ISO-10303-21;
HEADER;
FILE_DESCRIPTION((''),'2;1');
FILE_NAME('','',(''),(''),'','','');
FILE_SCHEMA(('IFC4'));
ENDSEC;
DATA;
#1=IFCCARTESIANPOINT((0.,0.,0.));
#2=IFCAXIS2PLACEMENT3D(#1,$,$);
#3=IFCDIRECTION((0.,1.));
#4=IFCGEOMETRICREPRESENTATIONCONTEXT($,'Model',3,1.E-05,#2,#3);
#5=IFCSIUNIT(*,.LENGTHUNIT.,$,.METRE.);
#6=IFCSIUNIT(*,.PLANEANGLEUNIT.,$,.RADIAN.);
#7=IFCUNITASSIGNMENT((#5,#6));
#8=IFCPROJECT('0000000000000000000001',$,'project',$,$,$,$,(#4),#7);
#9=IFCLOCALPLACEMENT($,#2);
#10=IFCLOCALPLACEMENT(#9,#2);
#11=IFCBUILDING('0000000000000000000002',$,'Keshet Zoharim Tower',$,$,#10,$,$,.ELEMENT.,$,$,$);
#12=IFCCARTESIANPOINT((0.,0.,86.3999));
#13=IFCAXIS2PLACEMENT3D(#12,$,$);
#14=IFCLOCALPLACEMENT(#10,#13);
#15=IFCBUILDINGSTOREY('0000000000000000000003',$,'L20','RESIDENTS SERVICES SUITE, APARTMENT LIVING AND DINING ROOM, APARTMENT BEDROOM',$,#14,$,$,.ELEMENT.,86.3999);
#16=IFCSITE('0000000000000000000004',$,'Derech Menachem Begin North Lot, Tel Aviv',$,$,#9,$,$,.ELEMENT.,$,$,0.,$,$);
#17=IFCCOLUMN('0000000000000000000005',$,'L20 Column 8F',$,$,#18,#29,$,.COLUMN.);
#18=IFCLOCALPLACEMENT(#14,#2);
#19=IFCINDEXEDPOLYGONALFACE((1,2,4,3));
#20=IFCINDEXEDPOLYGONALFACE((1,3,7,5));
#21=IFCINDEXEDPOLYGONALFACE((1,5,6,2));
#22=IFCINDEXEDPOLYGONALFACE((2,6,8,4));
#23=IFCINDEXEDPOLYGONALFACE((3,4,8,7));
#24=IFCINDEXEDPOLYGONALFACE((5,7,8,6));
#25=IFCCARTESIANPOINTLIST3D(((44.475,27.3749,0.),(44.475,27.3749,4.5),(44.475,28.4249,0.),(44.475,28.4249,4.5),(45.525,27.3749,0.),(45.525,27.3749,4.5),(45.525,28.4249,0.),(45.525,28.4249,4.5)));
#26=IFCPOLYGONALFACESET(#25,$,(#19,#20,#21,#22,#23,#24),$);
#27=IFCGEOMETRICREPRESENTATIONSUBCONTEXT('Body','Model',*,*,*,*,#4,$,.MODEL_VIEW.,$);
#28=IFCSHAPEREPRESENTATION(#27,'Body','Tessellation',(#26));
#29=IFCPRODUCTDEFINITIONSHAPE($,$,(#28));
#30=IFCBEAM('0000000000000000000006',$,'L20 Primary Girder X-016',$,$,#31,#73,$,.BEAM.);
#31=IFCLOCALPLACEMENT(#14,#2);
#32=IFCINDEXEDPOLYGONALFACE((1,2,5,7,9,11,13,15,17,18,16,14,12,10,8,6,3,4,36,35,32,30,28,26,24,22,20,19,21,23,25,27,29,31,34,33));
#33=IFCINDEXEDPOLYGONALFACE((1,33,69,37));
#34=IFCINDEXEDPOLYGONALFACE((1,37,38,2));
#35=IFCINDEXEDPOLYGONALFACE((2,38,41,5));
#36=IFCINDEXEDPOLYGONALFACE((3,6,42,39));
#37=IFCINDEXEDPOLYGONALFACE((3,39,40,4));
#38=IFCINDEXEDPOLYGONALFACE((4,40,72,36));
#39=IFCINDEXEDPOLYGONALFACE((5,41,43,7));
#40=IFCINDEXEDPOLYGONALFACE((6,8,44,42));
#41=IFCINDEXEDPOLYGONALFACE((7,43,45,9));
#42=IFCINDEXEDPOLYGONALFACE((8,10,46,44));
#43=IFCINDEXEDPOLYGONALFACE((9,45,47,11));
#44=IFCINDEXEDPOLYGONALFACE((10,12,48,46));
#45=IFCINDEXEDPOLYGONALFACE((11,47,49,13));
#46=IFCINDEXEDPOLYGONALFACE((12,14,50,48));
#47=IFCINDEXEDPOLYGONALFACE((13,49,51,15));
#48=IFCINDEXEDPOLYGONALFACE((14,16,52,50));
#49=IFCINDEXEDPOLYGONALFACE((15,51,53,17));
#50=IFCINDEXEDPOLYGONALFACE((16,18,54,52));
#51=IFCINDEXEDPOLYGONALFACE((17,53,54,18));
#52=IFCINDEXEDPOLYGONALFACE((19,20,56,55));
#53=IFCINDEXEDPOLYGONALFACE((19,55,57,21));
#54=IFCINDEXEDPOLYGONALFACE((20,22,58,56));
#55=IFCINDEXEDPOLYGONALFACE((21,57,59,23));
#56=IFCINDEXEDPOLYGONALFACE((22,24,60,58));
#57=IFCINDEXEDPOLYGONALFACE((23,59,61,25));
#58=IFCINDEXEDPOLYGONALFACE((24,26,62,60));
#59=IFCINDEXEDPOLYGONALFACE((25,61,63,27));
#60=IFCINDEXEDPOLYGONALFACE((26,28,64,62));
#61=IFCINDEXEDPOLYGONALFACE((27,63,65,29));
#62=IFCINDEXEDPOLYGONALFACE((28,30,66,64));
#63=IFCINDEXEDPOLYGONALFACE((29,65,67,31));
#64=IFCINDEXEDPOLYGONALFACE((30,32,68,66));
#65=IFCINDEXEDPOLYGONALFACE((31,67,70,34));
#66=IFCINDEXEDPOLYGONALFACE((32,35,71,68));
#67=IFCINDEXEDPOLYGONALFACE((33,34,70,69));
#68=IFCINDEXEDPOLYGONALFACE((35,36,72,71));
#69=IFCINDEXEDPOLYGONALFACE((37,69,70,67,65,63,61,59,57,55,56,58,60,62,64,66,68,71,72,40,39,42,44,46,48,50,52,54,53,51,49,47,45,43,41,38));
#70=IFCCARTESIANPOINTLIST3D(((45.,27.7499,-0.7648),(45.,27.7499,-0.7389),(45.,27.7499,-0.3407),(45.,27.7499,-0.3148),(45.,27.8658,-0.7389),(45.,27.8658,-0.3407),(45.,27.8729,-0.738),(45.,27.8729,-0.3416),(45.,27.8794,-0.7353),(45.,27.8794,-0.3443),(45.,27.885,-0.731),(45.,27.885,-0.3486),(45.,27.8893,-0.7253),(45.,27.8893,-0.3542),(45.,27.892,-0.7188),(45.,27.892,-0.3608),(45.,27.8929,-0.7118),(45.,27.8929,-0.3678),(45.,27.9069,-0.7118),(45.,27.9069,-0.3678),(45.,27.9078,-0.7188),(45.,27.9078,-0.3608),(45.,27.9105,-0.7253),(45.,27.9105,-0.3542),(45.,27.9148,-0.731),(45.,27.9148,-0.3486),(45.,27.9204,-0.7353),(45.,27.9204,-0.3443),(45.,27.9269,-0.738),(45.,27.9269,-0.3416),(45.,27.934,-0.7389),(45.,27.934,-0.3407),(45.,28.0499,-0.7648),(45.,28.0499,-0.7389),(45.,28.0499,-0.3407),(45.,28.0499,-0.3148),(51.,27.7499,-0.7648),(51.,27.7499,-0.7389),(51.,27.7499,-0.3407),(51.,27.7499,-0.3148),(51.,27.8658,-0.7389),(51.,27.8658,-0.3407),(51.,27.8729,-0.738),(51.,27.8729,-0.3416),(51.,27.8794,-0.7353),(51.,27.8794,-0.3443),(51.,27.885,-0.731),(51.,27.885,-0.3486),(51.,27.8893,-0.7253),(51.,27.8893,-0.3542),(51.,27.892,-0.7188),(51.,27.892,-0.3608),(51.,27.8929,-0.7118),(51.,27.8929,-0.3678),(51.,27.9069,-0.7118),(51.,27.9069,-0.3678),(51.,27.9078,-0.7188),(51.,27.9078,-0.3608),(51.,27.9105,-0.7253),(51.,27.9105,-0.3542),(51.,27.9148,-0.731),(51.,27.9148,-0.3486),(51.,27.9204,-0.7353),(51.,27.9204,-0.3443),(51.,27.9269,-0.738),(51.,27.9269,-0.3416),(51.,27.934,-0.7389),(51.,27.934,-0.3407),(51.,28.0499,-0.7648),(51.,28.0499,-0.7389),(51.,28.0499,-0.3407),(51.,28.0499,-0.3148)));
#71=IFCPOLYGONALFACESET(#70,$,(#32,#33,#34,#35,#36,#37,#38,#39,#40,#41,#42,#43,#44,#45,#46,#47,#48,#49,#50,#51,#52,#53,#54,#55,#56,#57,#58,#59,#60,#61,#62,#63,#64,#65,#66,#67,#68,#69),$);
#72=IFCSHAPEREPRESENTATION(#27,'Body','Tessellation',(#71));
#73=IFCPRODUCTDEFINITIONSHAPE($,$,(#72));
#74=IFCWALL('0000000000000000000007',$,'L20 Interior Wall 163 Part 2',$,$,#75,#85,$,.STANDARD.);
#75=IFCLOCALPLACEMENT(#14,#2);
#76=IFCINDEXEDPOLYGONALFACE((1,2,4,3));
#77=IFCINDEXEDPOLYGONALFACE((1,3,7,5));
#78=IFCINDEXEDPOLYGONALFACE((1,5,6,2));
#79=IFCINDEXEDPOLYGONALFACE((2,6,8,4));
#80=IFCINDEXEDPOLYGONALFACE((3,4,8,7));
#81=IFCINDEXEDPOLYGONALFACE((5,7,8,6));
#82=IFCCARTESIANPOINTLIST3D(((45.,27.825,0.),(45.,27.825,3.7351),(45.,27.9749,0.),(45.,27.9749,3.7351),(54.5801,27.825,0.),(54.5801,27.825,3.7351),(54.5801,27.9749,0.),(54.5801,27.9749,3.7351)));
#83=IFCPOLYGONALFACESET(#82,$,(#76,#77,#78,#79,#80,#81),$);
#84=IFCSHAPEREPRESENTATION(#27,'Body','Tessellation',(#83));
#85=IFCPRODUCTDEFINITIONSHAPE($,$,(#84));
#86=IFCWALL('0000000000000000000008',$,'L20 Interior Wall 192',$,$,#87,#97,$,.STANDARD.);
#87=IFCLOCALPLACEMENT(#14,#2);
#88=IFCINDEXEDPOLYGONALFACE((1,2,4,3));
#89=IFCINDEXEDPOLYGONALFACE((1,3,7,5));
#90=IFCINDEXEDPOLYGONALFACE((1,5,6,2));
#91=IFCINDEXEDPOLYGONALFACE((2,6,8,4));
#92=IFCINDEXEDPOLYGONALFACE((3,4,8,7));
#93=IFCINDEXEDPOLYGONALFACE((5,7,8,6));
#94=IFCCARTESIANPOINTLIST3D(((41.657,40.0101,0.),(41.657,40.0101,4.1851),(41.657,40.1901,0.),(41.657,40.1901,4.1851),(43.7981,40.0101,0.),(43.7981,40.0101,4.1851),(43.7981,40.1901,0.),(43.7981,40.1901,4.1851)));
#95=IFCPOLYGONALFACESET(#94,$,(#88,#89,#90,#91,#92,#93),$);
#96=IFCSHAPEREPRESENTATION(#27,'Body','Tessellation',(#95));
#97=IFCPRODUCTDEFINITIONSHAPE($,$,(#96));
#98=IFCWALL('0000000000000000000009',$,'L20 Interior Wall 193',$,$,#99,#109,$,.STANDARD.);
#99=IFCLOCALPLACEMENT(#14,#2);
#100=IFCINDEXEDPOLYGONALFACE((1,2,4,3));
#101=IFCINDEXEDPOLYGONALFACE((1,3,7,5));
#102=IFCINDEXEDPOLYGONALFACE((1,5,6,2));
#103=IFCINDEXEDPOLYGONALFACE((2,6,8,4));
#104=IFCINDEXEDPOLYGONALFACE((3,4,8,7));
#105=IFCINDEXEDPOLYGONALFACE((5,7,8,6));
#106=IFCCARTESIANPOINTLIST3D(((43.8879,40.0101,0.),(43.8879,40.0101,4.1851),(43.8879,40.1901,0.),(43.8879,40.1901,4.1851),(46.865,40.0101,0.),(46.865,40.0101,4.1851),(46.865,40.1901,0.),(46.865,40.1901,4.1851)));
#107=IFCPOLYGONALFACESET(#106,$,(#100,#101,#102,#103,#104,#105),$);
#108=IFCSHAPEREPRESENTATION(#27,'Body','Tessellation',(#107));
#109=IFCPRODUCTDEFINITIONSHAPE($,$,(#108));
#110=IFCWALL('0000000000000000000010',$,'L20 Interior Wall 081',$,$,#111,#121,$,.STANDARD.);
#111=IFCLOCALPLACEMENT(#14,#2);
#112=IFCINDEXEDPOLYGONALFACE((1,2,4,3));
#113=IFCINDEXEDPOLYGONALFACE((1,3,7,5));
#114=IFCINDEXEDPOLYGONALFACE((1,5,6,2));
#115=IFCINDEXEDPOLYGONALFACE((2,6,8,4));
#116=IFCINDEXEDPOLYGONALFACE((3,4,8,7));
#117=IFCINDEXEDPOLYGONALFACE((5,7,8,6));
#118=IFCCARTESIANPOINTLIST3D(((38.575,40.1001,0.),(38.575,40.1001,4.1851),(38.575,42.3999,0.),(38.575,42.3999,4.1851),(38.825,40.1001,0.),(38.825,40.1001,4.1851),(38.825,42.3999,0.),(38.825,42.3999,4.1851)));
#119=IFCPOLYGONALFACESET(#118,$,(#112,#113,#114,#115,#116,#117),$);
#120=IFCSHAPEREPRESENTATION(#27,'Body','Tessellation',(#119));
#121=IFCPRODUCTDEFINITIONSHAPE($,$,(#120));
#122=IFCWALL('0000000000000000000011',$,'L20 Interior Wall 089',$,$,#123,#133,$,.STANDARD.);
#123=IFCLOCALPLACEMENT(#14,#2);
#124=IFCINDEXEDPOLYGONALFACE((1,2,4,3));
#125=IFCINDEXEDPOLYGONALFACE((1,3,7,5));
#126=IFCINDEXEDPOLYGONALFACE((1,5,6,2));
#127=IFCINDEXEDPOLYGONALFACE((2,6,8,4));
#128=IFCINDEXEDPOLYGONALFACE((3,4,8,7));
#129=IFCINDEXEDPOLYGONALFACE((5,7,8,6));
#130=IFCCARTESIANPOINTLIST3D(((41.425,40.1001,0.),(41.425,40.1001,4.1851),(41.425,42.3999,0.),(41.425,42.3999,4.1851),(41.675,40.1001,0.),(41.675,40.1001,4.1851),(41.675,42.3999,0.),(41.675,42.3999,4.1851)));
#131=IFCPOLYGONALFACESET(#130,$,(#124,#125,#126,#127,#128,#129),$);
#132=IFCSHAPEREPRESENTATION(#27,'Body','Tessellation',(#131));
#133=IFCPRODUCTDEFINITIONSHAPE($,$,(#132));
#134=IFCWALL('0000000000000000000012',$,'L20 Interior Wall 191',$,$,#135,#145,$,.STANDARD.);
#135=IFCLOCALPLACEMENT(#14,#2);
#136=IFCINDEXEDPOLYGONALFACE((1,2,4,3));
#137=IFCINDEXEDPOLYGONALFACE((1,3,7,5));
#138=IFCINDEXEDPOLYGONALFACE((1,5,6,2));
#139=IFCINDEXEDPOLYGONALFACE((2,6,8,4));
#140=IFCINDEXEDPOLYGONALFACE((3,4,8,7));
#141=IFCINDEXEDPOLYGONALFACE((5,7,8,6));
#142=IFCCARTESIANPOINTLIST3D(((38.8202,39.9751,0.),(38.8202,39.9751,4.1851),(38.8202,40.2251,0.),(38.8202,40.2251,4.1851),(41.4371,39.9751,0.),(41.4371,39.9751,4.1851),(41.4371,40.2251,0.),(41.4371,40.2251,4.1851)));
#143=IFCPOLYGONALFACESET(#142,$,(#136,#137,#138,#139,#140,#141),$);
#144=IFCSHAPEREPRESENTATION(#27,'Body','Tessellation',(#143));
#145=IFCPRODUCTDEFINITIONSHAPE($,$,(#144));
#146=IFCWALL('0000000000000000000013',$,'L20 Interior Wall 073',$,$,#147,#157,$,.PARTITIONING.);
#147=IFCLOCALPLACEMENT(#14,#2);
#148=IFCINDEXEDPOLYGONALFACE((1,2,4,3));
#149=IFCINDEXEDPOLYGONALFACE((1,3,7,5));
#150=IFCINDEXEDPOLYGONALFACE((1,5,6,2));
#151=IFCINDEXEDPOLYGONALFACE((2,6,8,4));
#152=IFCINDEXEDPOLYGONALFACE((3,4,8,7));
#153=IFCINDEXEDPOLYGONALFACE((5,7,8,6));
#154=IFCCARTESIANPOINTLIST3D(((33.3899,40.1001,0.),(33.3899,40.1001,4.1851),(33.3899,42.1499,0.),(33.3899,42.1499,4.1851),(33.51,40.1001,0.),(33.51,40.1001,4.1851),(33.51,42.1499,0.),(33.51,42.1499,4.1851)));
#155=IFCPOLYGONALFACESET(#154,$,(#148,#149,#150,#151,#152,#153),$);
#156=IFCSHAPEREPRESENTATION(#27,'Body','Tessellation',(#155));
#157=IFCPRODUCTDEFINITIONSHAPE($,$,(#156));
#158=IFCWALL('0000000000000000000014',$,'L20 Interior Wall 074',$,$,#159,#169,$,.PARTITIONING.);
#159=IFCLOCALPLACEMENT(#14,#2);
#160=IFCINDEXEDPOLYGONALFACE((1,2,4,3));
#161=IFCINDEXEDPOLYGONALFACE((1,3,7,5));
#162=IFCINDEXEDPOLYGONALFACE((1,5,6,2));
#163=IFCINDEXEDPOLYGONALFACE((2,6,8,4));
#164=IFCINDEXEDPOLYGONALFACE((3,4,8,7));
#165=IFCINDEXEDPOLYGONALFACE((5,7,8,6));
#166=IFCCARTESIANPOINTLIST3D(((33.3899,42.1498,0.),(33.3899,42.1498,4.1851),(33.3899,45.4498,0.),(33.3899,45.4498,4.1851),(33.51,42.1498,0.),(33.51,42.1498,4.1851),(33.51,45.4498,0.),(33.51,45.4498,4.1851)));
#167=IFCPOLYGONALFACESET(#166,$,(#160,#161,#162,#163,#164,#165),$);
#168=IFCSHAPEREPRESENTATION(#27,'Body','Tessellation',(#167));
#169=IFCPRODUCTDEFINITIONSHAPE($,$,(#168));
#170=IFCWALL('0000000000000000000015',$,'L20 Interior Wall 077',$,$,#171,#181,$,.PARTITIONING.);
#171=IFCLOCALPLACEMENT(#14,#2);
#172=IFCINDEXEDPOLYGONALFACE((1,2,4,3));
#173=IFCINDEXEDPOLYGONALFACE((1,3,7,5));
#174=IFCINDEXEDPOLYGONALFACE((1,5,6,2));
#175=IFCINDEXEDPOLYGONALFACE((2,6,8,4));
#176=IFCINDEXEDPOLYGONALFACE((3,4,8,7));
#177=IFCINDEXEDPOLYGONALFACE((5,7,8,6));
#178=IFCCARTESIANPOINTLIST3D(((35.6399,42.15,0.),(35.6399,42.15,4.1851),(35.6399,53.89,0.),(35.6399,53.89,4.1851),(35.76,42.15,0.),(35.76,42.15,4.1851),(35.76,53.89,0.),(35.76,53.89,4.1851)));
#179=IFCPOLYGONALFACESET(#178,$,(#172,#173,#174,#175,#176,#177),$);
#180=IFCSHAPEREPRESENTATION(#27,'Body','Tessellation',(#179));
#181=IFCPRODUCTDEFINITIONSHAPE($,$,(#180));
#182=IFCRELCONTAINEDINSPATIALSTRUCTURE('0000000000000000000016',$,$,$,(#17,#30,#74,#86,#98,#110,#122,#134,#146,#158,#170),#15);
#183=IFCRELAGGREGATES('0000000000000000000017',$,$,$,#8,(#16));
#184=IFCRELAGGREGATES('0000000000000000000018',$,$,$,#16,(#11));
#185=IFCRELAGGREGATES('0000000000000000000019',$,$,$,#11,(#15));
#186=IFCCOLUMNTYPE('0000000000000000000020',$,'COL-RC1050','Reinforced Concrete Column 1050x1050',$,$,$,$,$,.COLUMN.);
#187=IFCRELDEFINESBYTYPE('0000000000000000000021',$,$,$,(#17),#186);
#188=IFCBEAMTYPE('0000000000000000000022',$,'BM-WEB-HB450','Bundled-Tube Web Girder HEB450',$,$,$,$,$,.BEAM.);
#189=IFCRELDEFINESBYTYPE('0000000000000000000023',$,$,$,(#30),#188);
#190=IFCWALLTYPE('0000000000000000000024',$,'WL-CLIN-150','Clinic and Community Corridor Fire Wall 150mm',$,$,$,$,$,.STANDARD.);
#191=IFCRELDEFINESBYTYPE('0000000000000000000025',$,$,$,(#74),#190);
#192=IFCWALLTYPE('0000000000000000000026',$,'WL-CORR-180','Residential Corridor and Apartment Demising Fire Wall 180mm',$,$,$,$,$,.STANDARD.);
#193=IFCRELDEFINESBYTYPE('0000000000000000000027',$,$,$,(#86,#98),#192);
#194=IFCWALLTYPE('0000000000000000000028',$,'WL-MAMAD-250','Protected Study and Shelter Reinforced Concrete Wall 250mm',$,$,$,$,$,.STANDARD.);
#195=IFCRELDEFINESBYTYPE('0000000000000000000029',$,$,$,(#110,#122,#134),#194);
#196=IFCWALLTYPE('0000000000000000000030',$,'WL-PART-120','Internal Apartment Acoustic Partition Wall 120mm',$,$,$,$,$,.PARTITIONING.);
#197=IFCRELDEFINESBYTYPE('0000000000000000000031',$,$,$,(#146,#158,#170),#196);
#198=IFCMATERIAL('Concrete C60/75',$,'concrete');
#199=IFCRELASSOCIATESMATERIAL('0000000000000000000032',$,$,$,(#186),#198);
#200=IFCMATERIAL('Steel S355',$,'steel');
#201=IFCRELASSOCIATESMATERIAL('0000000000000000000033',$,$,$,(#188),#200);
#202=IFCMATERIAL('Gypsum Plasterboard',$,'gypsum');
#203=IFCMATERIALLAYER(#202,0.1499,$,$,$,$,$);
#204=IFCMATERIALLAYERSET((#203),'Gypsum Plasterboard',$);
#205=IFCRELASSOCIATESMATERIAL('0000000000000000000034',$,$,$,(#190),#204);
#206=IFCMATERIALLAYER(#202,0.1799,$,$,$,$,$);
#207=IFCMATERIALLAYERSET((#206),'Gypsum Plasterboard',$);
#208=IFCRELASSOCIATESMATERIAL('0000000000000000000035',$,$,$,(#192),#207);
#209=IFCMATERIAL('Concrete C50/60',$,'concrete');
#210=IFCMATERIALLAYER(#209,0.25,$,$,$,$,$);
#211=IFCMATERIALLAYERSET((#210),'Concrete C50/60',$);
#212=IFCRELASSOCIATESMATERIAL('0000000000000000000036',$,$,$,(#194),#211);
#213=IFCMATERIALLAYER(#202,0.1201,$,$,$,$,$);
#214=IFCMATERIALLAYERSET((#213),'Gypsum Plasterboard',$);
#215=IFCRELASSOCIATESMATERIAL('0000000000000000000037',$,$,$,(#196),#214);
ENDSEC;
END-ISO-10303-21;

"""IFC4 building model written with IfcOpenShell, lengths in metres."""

from ifc_helpers import new_model, si_unit, direction, frame, frame_2d, origin, origin_2d, place, context, subcontext, project, spatial, rectangle, i_section, extrude, material, layer, layer_set, material_profile, profile_set, type_object, element, save


model = new_model("IFC4")

# Units and contexts
model_context = context("Model", 3, precision=1e-05, world=origin(), true_north=direction((0.0, 1.0)))
body_context = subcontext(model_context, "Body", "Model", "MODEL_VIEW")
ifc_project = project(units=[si_unit("LENGTHUNIT", "METRE"), si_unit("PLANEANGLEUNIT", "RADIAN")], contexts=[model_context])

# Site, building, storey
site_placement = place(None, origin())
site = spatial("IfcSite", under=ifc_project, at=site_placement, Name="Derech Menachem Begin North Lot, Tel Aviv", CompositionType="ELEMENT", RefElevation=0.0)
building_placement = place(site_placement, origin())
building = spatial("IfcBuilding", under=site, at=building_placement, Name="Keshet Zoharim Tower", CompositionType="ELEMENT")
storey_placement = place(building_placement, frame((0.0, 0.0, 86.3999)))
storey = spatial("IfcBuildingStorey", under=building, at=storey_placement, Name="L20", Description="RESIDENTS SERVICES SUITE, APARTMENT LIVING AND DINING ROOM, APARTMENT BEDROOM", CompositionType="ELEMENT", Elevation=86.3999)

# Column
ifc_material_1 = material(Name="Concrete C60/75", Category="concrete")
ifc_material_profile_1 = material_profile(ifc_material_1, rectangle(XDim=1.05, YDim=1.05, at=origin_2d()), Name="RC1050x1050")
ifc_profile_set_1 = profile_set([ifc_material_profile_1], Name="Concrete C60/75")
column_type = type_object("IfcColumnType", Name="COL-RC1050", Description="Reinforced Concrete Column 1050x1050", PredefinedType="COLUMN", material=ifc_profile_set_1)
column_placement = place(storey_placement, frame((45.0, 27.8999, 0.0), z_axis=(0.0, 0.0, 1.0), x_axis=(1.0, 0.0, 0.0)))
element("IfcColumn", 1, at=column_placement, inside=storey, type_object=column_type, Name="L20 Column 8F", PredefinedType="COLUMN", context=body_context, shape_type="SweptSolid", body=[
    extrude(rectangle(XDim=1.05, YDim=1.05, at=origin_2d()), origin(), (0.0, 0.0, 1.0), 4.5),
])

# Beam
ifc_material_2 = material(Name="Steel S355", Category="steel")
ifc_material_profile_2 = material_profile(ifc_material_2, i_section(OverallWidth=0.3, OverallDepth=0.45, WebThickness=0.0139, FlangeThickness=0.0259, FilletRadius=0.0271, at=origin_2d()), Name="HEB450")
ifc_profile_set_2 = profile_set([ifc_material_profile_2], Name="Steel S355")
beam_type = type_object("IfcBeamType", Name="BM-WEB-HB450", Description="Bundled-Tube Web Girder HEB450", PredefinedType="BEAM", material=ifc_profile_set_2)
beam_placement = place(storey_placement, frame((45.0, 27.8999, -0.5398), z_axis=(1.0, 0.0, 0.0), x_axis=(0.0, 1.0, 0.0)))
element("IfcBeam", 2, at=beam_placement, inside=storey, type_object=beam_type, Name="L20 Primary Girder X-016", PredefinedType="BEAM", context=body_context, shape_type="SweptSolid", body=[
    extrude(i_section(OverallWidth=0.3, OverallDepth=0.45, WebThickness=0.0139, FlangeThickness=0.0259, FilletRadius=0.0271, at=origin_2d()), origin(), (0.0, 0.0, 1.0), 6.0),
])

# Walls
ifc_material_3 = material(Name="Gypsum Plasterboard", Category="gypsum")
ifc_layer_1 = layer(ifc_material_3, 0.1499)
ifc_layer_set_1 = layer_set([ifc_layer_1], Name="Gypsum Plasterboard")
wall_type_1 = type_object("IfcWallType", Name="WL-CLIN-150", Description="Clinic and Community Corridor Fire Wall 150mm", PredefinedType="STANDARD", material=ifc_layer_set_1)
wall_1_placement = place(storey_placement, frame((45.0, 27.8999, 0.0), z_axis=(0.0, 0.0, 1.0), x_axis=(1.0, 0.0, 0.0)))
element("IfcWall", 3, at=wall_1_placement, inside=storey, type_object=wall_type_1, Name="L20 Interior Wall 163 Part 2", PredefinedType="STANDARD", context=body_context, shape_type="SweptSolid", body=[
    extrude(rectangle(XDim=9.5801, YDim=0.1499, at=frame_2d((4.79, 0.0))), origin(), (0.0, 0.0, 1.0), 3.7351),
])
ifc_layer_2 = layer(ifc_material_3, 0.1799)
ifc_layer_set_2 = layer_set([ifc_layer_2], Name="Gypsum Plasterboard")
wall_type_2 = type_object("IfcWallType", Name="WL-CORR-180", Description="Residential Corridor and Apartment Demising Fire Wall 180mm", PredefinedType="STANDARD", material=ifc_layer_set_2)
wall_2_placement = place(storey_placement, frame((41.657, 40.1001, 0.0), z_axis=(0.0, 0.0, 1.0), x_axis=(1.0, 0.0, 0.0)))
element("IfcWall", 4, at=wall_2_placement, inside=storey, type_object=wall_type_2, Name="L20 Interior Wall 192", PredefinedType="STANDARD", context=body_context, shape_type="SweptSolid", body=[
    extrude(rectangle(XDim=2.1411, YDim=0.1799, at=frame_2d((1.0706, 0.0))), origin(), (0.0, 0.0, 1.0), 4.1851),
])
wall_3_placement = place(storey_placement, frame((43.8879, 40.1001, 0.0), z_axis=(0.0, 0.0, 1.0), x_axis=(1.0, 0.0, 0.0)))
element("IfcWall", 5, at=wall_3_placement, inside=storey, type_object=wall_type_2, Name="L20 Interior Wall 193", PredefinedType="STANDARD", context=body_context, shape_type="SweptSolid", body=[
    extrude(rectangle(XDim=2.9771, YDim=0.1799, at=frame_2d((1.4885, 0.0))), origin(), (0.0, 0.0, 1.0), 4.1851),
])
ifc_material_4 = material(Name="Concrete C50/60", Category="concrete")
ifc_layer_3 = layer(ifc_material_4, 0.25)
ifc_layer_set_3 = layer_set([ifc_layer_3], Name="Concrete C50/60")
wall_type_3 = type_object("IfcWallType", Name="WL-MAMAD-250", Description="Protected Study and Shelter Reinforced Concrete Wall 250mm", PredefinedType="STANDARD", material=ifc_layer_set_3)
for number, where, z_axis, x_axis, name in (
    (6, (38.7, 40.1001, 0.0), (0.0, 0.0, 1.0), (0.0, 1.0, 0.0), "L20 Interior Wall 081"),
    (7, (41.55, 40.1001, 0.0), (0.0, 0.0, 1.0), (0.0, 1.0, 0.0), "L20 Interior Wall 089"),
):
    element("IfcWall", number, at=place(storey_placement, frame(where, z_axis=z_axis, x_axis=x_axis)), inside=storey, type_object=wall_type_3, Name=name, PredefinedType="STANDARD", context=body_context, shape_type="SweptSolid", body=[
        extrude(rectangle(XDim=2.2998, YDim=0.25, at=frame_2d((1.1499, 0.0))), origin(), (0.0, 0.0, 1.0), 4.1851),
    ])
wall_4_placement = place(storey_placement, frame((38.8201, 40.1001, 0.0), z_axis=(0.0, 0.0, 1.0), x_axis=(1.0, 0.0, 0.0)))
element("IfcWall", 8, at=wall_4_placement, inside=storey, type_object=wall_type_3, Name="L20 Interior Wall 191", PredefinedType="STANDARD", context=body_context, shape_type="SweptSolid", body=[
    extrude(rectangle(XDim=2.6169, YDim=0.25, at=frame_2d((1.3086, 0.0))), origin(), (0.0, 0.0, 1.0), 4.1851),
])

# Walls
ifc_layer_4 = layer(ifc_material_3, 0.1201)
ifc_layer_set_4 = layer_set([ifc_layer_4], Name="Gypsum Plasterboard")
wall_type_4 = type_object("IfcWallType", Name="WL-PART-120", Description="Internal Apartment Acoustic Partition Wall 120mm", PredefinedType="PARTITIONING", material=ifc_layer_set_4)
wall_5_placement = place(storey_placement, frame((33.45, 40.1001, 0.0), z_axis=(0.0, 0.0, 1.0), x_axis=(0.0, 1.0, 0.0)))
element("IfcWall", 9, at=wall_5_placement, inside=storey, type_object=wall_type_4, Name="L20 Interior Wall 073", PredefinedType="PARTITIONING", context=body_context, shape_type="SweptSolid", body=[
    extrude(rectangle(XDim=2.0498, YDim=0.1201, at=frame_2d((1.0249, 0.0))), origin(), (0.0, 0.0, 1.0), 4.1851),
])
wall_6_placement = place(storey_placement, frame((33.45, 42.1499, 0.0), z_axis=(0.0, 0.0, 1.0), x_axis=(0.0, 1.0, 0.0)))
element("IfcWall", 10, at=wall_6_placement, inside=storey, type_object=wall_type_4, Name="L20 Interior Wall 074", PredefinedType="PARTITIONING", context=body_context, shape_type="SweptSolid", body=[
    extrude(rectangle(XDim=3.3, YDim=0.1201, at=frame_2d((1.6499, 0.0))), origin(), (0.0, 0.0, 1.0), 4.1851),
])
wall_7_placement = place(storey_placement, frame((35.7, 42.1499, 0.0), z_axis=(0.0, 0.0, 1.0), x_axis=(0.0, 1.0, 0.0)))
element("IfcWall", 11, at=wall_7_placement, inside=storey, type_object=wall_type_4, Name="L20 Interior Wall 077", PredefinedType="PARTITIONING", context=body_context, shape_type="SweptSolid", body=[
    extrude(rectangle(XDim=11.74, YDim=0.1201, at=frame_2d((5.8701, 0.0))), origin(), (0.0, 0.0, 1.0), 4.1851),
])

save(model, "model.ifc")
